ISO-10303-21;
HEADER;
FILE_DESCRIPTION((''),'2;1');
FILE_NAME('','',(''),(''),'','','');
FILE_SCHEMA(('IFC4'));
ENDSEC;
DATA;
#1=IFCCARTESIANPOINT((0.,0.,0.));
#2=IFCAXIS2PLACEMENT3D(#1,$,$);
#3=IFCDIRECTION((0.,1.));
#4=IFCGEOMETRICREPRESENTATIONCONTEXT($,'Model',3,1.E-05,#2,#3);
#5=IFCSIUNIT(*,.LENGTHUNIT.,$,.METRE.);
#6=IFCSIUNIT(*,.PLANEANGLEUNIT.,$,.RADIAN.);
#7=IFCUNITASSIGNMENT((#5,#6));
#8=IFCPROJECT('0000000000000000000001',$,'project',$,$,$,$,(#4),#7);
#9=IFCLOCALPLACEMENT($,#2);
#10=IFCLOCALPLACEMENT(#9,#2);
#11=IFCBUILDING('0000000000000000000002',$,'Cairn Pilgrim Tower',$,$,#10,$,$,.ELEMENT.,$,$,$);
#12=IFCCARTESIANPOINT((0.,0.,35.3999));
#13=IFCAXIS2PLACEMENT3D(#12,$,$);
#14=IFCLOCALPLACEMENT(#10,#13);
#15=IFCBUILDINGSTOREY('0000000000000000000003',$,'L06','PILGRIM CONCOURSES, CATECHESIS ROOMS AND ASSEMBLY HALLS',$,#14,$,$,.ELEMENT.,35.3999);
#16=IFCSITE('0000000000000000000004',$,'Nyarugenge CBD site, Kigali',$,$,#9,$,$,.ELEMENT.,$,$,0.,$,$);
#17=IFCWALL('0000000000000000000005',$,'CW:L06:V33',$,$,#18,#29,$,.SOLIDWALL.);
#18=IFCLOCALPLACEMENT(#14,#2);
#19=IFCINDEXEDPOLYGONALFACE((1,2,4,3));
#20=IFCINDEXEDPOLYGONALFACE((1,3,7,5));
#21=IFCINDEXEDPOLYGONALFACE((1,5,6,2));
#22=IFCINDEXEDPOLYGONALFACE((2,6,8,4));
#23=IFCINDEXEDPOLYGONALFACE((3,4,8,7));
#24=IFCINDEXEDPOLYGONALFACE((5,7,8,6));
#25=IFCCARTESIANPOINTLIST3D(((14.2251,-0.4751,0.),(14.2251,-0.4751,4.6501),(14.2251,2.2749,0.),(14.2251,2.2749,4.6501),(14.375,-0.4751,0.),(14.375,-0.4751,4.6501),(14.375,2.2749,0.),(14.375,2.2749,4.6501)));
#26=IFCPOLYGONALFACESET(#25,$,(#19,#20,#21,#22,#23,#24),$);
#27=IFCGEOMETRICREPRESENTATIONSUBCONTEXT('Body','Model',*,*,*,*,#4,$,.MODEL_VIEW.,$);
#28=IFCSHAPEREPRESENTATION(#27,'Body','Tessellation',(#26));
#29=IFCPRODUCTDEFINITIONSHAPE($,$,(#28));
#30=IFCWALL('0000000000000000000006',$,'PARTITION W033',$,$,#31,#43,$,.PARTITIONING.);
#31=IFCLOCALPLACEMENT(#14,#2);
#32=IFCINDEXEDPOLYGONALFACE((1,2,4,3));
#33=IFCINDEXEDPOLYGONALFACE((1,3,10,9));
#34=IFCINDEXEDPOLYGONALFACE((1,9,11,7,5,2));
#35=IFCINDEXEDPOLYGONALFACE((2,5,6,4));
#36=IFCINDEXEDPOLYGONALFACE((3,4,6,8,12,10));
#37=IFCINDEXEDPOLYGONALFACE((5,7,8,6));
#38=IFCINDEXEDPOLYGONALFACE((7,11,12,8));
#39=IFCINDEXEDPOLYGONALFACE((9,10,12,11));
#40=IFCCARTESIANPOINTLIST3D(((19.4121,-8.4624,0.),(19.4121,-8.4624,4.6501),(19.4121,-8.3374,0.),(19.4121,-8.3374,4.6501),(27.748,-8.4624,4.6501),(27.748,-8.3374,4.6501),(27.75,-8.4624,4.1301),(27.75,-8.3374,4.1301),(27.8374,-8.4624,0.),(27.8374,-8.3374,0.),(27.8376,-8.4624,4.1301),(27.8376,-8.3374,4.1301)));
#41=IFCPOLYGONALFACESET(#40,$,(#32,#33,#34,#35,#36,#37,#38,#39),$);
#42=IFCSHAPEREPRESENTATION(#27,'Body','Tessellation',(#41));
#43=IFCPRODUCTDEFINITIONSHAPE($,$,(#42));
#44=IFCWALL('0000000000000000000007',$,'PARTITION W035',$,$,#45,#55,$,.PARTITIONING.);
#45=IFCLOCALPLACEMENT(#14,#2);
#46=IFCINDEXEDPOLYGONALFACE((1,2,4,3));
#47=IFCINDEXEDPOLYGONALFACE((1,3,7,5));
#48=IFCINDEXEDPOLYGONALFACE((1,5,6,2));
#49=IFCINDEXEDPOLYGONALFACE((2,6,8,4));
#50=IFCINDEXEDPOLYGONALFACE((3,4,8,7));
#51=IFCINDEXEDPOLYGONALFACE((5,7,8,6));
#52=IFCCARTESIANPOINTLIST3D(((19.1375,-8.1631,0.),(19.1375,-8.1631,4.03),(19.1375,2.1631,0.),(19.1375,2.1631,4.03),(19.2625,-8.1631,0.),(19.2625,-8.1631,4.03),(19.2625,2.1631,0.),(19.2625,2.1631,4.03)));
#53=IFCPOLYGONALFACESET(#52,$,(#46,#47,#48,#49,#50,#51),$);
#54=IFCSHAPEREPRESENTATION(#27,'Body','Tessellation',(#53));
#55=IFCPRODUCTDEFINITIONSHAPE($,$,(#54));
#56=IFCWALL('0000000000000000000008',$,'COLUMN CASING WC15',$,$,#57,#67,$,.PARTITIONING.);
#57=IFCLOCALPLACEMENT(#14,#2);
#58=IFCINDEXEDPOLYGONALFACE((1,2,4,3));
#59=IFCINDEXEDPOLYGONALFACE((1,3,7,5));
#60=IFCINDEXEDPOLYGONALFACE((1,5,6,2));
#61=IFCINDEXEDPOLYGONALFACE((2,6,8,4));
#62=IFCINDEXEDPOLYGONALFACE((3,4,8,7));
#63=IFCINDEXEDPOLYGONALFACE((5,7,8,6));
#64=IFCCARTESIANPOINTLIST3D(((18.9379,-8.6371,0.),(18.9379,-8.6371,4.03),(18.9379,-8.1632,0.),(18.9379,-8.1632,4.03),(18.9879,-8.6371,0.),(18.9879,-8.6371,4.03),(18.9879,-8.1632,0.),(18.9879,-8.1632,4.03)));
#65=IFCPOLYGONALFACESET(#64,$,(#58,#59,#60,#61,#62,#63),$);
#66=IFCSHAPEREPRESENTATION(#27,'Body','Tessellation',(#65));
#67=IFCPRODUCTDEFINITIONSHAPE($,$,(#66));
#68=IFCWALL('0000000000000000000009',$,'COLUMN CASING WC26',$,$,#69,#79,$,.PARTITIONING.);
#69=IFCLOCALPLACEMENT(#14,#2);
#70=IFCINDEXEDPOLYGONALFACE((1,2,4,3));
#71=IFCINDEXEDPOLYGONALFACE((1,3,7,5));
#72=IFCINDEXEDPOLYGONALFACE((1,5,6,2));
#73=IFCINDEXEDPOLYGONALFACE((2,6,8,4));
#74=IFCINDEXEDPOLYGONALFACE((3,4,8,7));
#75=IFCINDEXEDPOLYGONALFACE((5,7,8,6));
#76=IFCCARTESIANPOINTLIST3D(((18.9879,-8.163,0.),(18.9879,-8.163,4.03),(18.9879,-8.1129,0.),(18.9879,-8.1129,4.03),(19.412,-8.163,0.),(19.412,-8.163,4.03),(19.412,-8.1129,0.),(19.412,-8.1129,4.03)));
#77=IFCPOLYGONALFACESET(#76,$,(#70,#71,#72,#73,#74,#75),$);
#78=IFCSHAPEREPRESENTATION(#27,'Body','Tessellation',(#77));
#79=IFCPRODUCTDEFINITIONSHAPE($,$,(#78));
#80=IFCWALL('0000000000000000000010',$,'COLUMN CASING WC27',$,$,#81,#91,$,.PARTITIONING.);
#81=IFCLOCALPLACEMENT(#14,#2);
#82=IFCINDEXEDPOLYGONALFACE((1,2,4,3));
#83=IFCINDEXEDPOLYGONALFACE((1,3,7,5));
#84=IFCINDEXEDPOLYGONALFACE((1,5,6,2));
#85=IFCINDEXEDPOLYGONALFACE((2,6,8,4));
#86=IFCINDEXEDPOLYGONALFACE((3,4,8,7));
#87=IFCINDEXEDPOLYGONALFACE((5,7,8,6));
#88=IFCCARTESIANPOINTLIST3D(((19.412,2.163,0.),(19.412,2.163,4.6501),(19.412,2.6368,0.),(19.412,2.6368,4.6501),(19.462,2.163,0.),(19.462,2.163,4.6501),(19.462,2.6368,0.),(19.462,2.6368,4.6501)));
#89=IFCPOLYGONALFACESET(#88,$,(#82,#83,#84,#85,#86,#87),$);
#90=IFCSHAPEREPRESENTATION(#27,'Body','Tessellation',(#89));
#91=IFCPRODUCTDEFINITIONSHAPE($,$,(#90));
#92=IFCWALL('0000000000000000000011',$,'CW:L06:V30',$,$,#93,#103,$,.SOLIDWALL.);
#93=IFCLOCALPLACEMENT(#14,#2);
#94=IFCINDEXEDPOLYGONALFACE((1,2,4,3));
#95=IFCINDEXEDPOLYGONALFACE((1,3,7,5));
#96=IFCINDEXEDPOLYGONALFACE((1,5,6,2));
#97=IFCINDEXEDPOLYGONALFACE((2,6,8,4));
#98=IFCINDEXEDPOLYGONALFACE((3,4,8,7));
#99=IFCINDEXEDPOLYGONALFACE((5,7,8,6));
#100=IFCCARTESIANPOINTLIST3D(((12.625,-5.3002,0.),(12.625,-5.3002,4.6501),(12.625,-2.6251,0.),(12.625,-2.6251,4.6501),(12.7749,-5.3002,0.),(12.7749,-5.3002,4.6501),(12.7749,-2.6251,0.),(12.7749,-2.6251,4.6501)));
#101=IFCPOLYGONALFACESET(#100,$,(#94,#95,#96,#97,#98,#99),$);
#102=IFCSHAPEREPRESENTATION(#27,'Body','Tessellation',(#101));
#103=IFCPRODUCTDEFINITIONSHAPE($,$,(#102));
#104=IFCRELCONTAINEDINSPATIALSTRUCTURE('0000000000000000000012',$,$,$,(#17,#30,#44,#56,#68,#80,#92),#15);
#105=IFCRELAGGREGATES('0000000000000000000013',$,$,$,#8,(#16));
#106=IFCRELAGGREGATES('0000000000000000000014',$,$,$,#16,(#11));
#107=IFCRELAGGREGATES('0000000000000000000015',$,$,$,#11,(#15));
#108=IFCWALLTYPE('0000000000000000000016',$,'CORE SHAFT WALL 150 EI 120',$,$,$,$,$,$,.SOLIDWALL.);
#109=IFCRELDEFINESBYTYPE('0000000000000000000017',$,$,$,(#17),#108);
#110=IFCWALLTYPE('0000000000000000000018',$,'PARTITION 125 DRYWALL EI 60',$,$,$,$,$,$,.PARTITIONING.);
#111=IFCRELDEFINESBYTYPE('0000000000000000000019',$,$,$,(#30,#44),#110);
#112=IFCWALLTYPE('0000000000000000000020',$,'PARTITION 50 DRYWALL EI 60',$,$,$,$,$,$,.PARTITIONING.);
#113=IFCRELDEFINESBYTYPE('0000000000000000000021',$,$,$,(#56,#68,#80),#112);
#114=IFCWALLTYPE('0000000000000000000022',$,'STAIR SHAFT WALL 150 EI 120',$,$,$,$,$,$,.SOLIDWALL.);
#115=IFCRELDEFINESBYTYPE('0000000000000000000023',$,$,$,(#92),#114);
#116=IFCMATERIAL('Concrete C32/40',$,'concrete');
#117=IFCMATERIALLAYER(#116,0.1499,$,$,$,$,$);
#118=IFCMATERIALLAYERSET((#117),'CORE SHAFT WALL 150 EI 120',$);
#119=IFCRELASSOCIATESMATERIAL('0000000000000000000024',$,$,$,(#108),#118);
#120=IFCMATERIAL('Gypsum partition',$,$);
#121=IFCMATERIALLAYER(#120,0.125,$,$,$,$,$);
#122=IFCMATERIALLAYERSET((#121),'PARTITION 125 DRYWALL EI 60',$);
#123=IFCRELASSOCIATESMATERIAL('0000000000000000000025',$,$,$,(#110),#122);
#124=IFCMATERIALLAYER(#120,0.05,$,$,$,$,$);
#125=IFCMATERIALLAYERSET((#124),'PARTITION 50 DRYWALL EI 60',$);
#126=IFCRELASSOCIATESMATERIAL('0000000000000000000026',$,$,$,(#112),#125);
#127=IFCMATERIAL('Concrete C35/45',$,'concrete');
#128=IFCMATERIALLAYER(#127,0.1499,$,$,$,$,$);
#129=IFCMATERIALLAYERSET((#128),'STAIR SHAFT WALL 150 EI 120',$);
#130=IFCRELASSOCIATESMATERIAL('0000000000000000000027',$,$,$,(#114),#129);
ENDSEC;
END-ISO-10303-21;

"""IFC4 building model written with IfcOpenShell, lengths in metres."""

from ifc_helpers import new_model, si_unit, direction, frame, frame_2d, origin, place, context, subcontext, project, spatial, polyline, rectangle, outline, extrude, material, layer, layer_set, type_object, element, save


model = new_model("IFC4")

# Units and contexts
model_context = context("Model", 3, precision=1e-05, world=origin(), true_north=direction((0.0, 1.0)))
body_context = subcontext(model_context, "Body", "Model", "MODEL_VIEW")
ifc_project = project(units=[si_unit("LENGTHUNIT", "METRE"), si_unit("PLANEANGLEUNIT", "RADIAN")], contexts=[model_context])

# Site, building, storey
site_placement = place(None, origin())
site = spatial("IfcSite", under=ifc_project, at=site_placement, Name="Nyarugenge CBD site, Kigali", CompositionType="ELEMENT", RefElevation=0.0)
building_placement = place(site_placement, origin())
building = spatial("IfcBuilding", under=site, at=building_placement, Name="Cairn Pilgrim Tower", CompositionType="ELEMENT")
storey_placement = place(building_placement, frame((0.0, 0.0, 35.3999)))
storey = spatial("IfcBuildingStorey", under=building, at=storey_placement, Name="L06", Description="PILGRIM CONCOURSES, CATECHESIS ROOMS AND ASSEMBLY HALLS", CompositionType="ELEMENT", Elevation=35.3999)

# Shared definitions
ifc_material_1 = material(Name="Concrete C32/40", Category="concrete")

# Walls
ifc_layer_1 = layer(ifc_material_1, 0.1499)
ifc_layer_set_1 = layer_set([ifc_layer_1], Name="CORE SHAFT WALL 150 EI 120")
wall_type_1 = type_object("IfcWallType", Name="CORE SHAFT WALL 150 EI 120", PredefinedType="SOLIDWALL", material=ifc_layer_set_1)
wall_1_placement = place(storey_placement, frame((14.3, -0.4751, 0.0), z_axis=(0.0, 0.0, 1.0), x_axis=(0.0, 1.0, 0.0)))
element("IfcWall", 1, at=wall_1_placement, inside=storey, type_object=wall_type_1, Name="CW:L06:V33", PredefinedType="SOLIDWALL", context=body_context, shape_type="SweptSolid", body=[
    extrude(rectangle(XDim=2.75, YDim=0.1499, at=frame_2d((1.375, 0.0))), origin(), (0.0, 0.0, 1.0), 4.6501),
])
ifc_material_2 = material(Name="Gypsum partition")
ifc_layer_2 = layer(ifc_material_2, 0.125)
ifc_layer_set_2 = layer_set([ifc_layer_2], Name="PARTITION 125 DRYWALL EI 60")
wall_type_2 = type_object("IfcWallType", Name="PARTITION 125 DRYWALL EI 60", PredefinedType="PARTITIONING", material=ifc_layer_set_2)
wall_2_placement = place(storey_placement, frame((19.4121, -8.3999, 0.0), z_axis=(0.0, 0.0, 1.0), x_axis=(1.0, 0.0, 0.0)))
element("IfcWall", 2, at=wall_2_placement, inside=storey, type_object=wall_type_2, Name="PARTITION W033", PredefinedType="PARTITIONING", context=body_context, shape_type="SweptSolid", body=[
    extrude(outline(polyline([(0.0, 0.0), (8.4253, 0.0), (8.4255, 4.1301), (8.3379, 4.1301), (8.3359, 4.6501), (0.0, 4.6501), (0.0, 0.0)])), frame((0.0, 0.0625, 0.0), z_axis=(0.0, -1.0, 0.0), x_axis=(1.0, 0.0, 0.0)), (0.0, 0.0, 1.0), 0.125),
])
wall_3_placement = place(storey_placement, frame((19.2, -8.1631, 0.0), z_axis=(0.0, 0.0, 1.0), x_axis=(0.0, 1.0, 0.0)))
element("IfcWall", 3, at=wall_3_placement, inside=storey, type_object=wall_type_2, Name="PARTITION W035", PredefinedType="PARTITIONING", context=body_context, shape_type="SweptSolid", body=[
    extrude(rectangle(XDim=10.3262, YDim=0.125, at=frame_2d((5.1631, 0.0))), origin(), (0.0, 0.0, 1.0), 4.03),
])
ifc_layer_3 = layer(ifc_material_2, 0.05)
ifc_layer_set_3 = layer_set([ifc_layer_3], Name="PARTITION 50 DRYWALL EI 60")
wall_type_3 = type_object("IfcWallType", Name="PARTITION 50 DRYWALL EI 60", PredefinedType="PARTITIONING", material=ifc_layer_set_3)
wall_4_placement = place(storey_placement, frame((18.9629, -8.637, 0.0), z_axis=(0.0, 0.0, 1.0), x_axis=(0.0, 1.0, 0.0)))
element("IfcWall", 4, at=wall_4_placement, inside=storey, type_object=wall_type_3, Name="COLUMN CASING WC15", PredefinedType="PARTITIONING", context=body_context, shape_type="SweptSolid", body=[
    extrude(rectangle(XDim=0.4739, YDim=0.05, at=frame_2d((0.2368, 0.0))), origin(), (0.0, 0.0, 1.0), 4.03),
])
wall_5_placement = place(storey_placement, frame((18.988, -8.1379, 0.0), z_axis=(0.0, 0.0, 1.0), x_axis=(1.0, 0.0, 0.0)))
element("IfcWall", 5, at=wall_5_placement, inside=storey, type_object=wall_type_3, Name="COLUMN CASING WC26", PredefinedType="PARTITIONING", context=body_context, shape_type="SweptSolid", body=[
    extrude(rectangle(XDim=0.4241, YDim=0.05, at=frame_2d((0.2119, 0.0))), origin(), (0.0, 0.0, 1.0), 4.03),
])
wall_6_placement = place(storey_placement, frame((19.437, 2.1631, 0.0), z_axis=(0.0, 0.0, 1.0), x_axis=(0.0, 1.0, 0.0)))
element("IfcWall", 6, at=wall_6_placement, inside=storey, type_object=wall_type_3, Name="COLUMN CASING WC27", PredefinedType="PARTITIONING", context=body_context, shape_type="SweptSolid", body=[
    extrude(rectangle(XDim=0.4739, YDim=0.05, at=frame_2d((0.2368, 0.0))), origin(), (0.0, 0.0, 1.0), 4.6501),
])
ifc_material_3 = material(Name="Concrete C35/45", Category="concrete")
ifc_layer_4 = layer(ifc_material_3, 0.1499)
ifc_layer_set_4 = layer_set([ifc_layer_4], Name="STAIR SHAFT WALL 150 EI 120")
wall_type_4 = type_object("IfcWallType", Name="STAIR SHAFT WALL 150 EI 120", PredefinedType="SOLIDWALL", material=ifc_layer_set_4)
wall_7_placement = place(storey_placement, frame((12.7, -5.3, 0.0), z_axis=(0.0, 0.0, 1.0), x_axis=(0.0, 1.0, 0.0)))
element("IfcWall", 7, at=wall_7_placement, inside=storey, type_object=wall_type_4, Name="CW:L06:V30", PredefinedType="SOLIDWALL", context=body_context, shape_type="SweptSolid", body=[
    extrude(rectangle(XDim=2.675, YDim=0.1499, at=frame_2d((1.3374, 0.0))), origin(), (0.0, 0.0, 1.0), 4.6501),
])

save(model, "model.ifc")
